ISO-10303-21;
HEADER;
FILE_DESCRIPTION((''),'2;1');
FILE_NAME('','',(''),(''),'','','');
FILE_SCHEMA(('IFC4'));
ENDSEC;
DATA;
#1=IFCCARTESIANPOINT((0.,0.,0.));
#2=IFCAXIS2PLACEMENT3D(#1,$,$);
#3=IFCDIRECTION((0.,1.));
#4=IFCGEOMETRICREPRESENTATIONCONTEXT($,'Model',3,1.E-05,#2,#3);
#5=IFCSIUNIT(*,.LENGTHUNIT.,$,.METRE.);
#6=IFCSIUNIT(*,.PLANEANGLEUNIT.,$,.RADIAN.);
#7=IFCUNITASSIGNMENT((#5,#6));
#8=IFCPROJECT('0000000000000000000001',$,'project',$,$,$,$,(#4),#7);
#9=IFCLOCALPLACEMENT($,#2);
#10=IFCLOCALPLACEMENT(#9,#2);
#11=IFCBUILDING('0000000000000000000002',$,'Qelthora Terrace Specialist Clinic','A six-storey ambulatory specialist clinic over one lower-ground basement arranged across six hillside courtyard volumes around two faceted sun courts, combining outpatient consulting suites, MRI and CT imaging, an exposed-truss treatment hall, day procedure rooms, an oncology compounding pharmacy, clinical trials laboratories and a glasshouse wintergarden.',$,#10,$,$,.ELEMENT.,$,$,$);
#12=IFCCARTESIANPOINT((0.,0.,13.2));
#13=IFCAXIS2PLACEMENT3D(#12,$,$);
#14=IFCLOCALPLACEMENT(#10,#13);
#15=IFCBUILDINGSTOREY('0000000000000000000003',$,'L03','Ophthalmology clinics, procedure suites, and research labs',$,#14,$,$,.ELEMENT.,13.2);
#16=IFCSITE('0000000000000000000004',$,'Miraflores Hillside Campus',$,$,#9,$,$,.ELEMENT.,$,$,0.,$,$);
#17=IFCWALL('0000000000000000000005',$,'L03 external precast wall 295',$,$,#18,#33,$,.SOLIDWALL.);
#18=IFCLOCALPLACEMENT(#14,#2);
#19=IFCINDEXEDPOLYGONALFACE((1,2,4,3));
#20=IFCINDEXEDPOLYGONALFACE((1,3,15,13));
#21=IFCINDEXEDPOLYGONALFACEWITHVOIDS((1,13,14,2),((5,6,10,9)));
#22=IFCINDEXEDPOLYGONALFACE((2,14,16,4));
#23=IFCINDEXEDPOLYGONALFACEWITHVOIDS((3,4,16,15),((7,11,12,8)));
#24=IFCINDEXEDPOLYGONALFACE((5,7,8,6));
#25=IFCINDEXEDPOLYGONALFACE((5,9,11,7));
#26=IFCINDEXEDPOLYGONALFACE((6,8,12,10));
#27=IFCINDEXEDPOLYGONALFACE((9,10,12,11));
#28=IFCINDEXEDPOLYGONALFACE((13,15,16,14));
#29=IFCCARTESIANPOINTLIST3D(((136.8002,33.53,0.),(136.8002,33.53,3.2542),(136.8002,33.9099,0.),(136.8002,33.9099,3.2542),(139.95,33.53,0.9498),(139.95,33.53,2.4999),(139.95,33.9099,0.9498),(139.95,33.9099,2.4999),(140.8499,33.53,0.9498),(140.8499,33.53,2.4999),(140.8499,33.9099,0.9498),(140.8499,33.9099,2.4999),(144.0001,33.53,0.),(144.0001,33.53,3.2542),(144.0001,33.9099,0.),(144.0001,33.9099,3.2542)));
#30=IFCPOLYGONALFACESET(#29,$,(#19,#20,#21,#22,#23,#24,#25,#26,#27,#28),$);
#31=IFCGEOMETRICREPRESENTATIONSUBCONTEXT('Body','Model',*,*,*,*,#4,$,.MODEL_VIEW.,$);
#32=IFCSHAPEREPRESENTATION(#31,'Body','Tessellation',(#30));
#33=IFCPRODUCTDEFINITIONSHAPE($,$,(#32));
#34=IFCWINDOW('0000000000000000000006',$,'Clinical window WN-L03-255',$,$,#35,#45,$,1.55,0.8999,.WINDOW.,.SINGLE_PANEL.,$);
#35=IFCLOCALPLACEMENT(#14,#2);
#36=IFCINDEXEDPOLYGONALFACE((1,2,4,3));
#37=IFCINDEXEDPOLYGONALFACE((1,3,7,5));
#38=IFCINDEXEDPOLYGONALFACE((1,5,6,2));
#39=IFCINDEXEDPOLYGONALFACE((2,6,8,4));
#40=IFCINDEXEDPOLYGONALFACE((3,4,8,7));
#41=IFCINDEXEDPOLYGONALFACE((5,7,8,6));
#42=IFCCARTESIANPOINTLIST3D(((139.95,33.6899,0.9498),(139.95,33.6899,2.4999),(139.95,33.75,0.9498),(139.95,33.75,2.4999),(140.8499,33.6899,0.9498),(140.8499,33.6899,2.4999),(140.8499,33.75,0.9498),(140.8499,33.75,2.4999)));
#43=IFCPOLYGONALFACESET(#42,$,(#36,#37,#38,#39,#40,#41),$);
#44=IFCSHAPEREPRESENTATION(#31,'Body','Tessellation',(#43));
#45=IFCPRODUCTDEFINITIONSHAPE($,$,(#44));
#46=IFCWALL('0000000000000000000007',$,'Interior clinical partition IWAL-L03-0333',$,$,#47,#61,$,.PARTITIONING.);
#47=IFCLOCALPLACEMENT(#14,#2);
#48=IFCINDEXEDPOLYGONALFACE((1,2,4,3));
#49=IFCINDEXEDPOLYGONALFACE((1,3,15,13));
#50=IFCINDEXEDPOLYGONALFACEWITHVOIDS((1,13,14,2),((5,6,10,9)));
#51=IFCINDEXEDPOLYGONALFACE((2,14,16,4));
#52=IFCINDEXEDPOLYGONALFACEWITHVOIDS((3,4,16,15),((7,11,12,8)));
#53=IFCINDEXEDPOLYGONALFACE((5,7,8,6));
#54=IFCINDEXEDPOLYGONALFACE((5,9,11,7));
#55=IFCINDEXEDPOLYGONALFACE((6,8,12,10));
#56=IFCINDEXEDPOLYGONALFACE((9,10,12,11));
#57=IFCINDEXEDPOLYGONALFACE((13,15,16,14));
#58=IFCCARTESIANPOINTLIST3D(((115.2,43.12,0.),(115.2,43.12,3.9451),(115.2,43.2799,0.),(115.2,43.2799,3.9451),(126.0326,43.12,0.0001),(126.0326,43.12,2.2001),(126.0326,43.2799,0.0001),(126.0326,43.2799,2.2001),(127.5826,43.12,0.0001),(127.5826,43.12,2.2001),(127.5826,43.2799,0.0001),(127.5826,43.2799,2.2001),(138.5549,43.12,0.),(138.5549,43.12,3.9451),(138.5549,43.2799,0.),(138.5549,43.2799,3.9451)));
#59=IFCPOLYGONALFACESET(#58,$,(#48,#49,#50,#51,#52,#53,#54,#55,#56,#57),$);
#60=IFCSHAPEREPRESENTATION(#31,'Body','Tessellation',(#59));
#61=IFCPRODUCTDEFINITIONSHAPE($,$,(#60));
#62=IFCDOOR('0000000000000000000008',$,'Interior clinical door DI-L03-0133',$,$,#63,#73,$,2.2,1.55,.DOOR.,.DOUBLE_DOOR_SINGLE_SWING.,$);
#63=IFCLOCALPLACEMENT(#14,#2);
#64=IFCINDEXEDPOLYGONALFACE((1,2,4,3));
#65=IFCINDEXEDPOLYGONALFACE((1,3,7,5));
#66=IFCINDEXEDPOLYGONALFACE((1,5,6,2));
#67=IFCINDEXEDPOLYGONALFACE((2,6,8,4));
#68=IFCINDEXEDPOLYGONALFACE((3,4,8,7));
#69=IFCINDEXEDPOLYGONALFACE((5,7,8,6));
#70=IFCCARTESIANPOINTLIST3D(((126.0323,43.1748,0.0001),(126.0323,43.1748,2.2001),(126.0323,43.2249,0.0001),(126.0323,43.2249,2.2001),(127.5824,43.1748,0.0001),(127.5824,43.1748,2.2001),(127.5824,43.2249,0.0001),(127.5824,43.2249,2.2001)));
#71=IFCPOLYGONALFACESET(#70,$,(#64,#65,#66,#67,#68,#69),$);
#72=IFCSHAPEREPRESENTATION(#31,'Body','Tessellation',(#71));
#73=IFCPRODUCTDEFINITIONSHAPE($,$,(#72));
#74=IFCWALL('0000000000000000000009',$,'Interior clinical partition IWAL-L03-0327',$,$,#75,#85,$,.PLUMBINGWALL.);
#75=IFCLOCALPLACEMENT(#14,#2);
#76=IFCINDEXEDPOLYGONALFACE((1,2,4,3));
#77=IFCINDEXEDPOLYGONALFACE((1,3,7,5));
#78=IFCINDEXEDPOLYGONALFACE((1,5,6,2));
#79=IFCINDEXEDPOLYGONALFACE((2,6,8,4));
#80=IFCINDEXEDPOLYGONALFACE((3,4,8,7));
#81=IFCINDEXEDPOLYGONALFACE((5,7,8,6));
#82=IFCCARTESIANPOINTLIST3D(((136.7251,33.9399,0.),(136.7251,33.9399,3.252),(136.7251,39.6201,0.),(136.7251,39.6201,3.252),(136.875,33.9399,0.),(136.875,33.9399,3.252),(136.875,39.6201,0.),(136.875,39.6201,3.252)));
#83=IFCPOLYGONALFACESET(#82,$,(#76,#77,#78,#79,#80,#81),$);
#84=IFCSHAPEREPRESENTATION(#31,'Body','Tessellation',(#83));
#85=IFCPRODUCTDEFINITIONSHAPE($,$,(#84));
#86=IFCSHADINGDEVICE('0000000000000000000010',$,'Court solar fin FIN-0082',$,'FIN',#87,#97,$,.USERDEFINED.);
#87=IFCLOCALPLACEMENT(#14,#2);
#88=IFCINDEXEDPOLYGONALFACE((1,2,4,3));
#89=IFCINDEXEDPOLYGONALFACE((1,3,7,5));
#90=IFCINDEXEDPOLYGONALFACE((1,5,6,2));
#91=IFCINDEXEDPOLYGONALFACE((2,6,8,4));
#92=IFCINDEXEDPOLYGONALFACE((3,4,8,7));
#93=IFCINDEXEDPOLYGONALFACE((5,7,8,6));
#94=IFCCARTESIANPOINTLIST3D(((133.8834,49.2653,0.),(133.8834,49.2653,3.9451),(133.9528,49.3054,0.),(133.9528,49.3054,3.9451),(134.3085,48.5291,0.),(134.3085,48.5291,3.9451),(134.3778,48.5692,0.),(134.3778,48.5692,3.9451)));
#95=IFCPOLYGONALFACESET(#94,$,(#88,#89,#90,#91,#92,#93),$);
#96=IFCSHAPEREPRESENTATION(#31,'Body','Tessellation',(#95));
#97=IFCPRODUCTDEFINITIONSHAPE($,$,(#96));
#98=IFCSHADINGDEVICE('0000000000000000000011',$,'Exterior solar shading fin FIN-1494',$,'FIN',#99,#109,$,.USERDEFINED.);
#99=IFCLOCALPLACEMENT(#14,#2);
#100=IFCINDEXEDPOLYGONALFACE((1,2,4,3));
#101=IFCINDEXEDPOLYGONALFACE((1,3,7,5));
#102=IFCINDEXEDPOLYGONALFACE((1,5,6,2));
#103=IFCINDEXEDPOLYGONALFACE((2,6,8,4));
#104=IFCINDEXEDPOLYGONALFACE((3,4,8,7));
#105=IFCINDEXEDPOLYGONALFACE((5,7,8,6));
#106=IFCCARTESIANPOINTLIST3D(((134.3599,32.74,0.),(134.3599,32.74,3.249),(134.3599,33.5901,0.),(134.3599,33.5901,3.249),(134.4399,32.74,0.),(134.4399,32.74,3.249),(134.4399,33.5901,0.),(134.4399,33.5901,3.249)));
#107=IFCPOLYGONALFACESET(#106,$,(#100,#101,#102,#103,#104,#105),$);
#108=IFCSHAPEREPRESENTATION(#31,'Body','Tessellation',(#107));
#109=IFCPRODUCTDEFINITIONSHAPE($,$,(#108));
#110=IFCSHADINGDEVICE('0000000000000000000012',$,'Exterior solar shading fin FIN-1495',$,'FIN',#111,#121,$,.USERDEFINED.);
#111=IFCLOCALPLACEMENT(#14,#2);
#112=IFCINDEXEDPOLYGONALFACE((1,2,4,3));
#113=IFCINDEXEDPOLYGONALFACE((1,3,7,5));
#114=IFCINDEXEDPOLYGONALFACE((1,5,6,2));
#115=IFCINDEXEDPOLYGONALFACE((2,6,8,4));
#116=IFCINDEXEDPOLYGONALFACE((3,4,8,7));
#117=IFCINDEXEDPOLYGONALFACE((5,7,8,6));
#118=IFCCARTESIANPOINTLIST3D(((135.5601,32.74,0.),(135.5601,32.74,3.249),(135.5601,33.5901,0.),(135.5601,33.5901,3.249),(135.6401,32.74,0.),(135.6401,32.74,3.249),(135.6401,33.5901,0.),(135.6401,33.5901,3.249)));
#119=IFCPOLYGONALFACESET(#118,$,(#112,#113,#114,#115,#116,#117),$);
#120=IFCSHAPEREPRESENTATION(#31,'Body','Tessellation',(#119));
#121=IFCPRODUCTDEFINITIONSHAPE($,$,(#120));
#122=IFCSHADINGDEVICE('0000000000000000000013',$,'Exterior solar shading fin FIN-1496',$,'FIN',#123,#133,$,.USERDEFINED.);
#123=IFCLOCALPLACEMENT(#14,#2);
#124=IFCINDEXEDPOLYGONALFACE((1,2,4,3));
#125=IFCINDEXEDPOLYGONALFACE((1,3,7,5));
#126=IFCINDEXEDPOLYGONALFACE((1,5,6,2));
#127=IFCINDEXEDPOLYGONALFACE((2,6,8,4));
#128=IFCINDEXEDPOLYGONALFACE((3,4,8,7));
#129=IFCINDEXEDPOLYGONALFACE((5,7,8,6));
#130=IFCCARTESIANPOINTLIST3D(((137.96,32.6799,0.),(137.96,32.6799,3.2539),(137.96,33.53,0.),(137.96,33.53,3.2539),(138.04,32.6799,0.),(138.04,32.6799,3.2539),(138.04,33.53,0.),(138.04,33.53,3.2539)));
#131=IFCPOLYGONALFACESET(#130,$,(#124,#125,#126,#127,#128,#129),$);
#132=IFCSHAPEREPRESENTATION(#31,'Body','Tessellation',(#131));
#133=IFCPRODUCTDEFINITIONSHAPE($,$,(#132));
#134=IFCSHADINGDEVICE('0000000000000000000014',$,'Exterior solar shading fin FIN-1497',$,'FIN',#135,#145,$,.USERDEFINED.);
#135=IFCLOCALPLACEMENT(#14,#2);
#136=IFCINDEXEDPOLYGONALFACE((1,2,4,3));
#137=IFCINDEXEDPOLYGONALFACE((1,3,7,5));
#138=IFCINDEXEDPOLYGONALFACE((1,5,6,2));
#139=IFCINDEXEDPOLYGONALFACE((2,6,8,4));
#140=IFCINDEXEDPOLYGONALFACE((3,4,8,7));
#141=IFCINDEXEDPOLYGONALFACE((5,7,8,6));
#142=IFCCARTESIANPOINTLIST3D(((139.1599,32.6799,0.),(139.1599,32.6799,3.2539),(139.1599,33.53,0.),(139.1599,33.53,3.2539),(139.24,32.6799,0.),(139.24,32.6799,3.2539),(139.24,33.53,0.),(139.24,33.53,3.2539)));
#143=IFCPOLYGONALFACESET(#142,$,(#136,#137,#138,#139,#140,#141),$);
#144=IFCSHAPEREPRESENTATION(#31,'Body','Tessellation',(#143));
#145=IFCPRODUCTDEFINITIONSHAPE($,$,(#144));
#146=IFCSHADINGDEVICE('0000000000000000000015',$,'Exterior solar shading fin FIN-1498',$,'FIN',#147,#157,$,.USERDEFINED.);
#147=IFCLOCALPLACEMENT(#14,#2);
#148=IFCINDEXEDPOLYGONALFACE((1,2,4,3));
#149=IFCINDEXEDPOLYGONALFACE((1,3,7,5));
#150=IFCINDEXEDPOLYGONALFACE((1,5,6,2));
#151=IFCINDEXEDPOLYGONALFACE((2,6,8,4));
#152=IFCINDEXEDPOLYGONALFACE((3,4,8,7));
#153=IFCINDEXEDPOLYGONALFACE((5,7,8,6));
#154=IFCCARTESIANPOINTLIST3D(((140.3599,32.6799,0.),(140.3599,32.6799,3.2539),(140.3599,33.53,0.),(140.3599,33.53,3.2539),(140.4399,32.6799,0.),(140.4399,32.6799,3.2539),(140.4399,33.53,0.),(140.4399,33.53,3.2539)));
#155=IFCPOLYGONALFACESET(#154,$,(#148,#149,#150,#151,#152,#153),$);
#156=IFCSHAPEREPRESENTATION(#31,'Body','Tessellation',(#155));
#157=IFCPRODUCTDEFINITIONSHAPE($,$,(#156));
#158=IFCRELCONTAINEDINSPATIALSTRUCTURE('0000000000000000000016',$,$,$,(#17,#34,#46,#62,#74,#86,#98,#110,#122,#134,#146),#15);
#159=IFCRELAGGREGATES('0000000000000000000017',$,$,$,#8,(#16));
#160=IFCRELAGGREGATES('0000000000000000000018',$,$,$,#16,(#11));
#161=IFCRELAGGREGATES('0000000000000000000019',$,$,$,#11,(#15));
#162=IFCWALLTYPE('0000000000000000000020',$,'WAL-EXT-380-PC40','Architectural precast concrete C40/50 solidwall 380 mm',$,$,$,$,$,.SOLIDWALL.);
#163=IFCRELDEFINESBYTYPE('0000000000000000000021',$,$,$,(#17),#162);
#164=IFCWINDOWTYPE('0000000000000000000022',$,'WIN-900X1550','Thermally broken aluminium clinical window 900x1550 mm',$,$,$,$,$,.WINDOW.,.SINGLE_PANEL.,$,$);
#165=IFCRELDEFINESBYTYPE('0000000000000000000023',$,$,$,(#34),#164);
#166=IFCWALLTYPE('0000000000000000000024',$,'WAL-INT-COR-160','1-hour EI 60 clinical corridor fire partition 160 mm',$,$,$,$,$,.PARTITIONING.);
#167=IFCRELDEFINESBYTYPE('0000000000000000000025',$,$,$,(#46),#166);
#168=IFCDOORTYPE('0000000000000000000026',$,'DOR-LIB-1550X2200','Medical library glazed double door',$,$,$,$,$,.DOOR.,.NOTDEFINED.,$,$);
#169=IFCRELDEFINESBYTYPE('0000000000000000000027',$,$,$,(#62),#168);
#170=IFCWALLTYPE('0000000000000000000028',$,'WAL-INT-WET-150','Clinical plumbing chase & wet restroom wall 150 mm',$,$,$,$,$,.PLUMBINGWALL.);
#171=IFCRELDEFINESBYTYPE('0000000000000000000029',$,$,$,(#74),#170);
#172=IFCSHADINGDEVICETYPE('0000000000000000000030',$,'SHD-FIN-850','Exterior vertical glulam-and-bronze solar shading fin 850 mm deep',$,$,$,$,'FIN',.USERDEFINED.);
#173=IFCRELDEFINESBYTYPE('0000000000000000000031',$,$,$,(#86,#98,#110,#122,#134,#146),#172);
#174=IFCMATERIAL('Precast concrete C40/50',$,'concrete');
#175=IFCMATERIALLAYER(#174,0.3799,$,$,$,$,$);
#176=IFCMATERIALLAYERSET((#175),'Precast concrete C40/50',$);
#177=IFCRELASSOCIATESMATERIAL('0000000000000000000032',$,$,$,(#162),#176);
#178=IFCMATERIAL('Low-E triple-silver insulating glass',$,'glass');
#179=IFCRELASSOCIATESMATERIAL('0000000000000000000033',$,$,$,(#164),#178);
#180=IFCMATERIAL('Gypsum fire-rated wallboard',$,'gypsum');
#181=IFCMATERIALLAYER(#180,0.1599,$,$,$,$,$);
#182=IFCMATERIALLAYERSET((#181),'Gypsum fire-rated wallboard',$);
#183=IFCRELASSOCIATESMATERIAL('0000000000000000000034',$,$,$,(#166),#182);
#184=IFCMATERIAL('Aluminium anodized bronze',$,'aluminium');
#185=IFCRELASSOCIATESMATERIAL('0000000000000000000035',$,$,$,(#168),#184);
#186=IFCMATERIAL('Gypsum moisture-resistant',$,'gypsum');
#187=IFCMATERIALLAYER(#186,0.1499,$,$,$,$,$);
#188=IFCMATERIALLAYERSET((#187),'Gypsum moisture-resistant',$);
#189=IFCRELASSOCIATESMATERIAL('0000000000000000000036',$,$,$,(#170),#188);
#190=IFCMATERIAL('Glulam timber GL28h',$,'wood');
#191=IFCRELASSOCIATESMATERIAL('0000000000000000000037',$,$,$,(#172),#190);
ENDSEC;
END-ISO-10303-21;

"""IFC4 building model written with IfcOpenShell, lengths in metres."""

from ifc_helpers import new_model, si_unit, direction, frame, frame_2d, origin, origin_2d, place, context, subcontext, project, spatial, rectangle, extrude, material, layer, layer_set, type_object, element, fill, save


model = new_model("IFC4")

# Units and contexts
model_context = context("Model", 3, precision=1e-05, world=origin(), true_north=direction((0.0, 1.0)))
body_context = subcontext(model_context, "Body", "Model", "MODEL_VIEW")
ifc_project = project(units=[si_unit("LENGTHUNIT", "METRE"), si_unit("PLANEANGLEUNIT", "RADIAN")], contexts=[model_context])

# Site, building, storey
site_placement = place(None, origin())
site = spatial("IfcSite", under=ifc_project, at=site_placement, Name="Miraflores Hillside Campus", CompositionType="ELEMENT", RefElevation=0.0)
building_placement = place(site_placement, origin())
building = spatial("IfcBuilding", under=site, at=building_placement, Name="Qelthora Terrace Specialist Clinic", Description="A six-storey ambulatory specialist clinic over one lower-ground basement arranged across six hillside courtyard volumes around two faceted sun courts, combining outpatient consulting suites, MRI and CT imaging, an exposed-truss treatment hall, day procedure rooms, an oncology compounding pharmacy, clinical trials laboratories and a glasshouse wintergarden.", CompositionType="ELEMENT")
storey_placement = place(building_placement, frame((0.0, 0.0, 13.2)))
storey = spatial("IfcBuildingStorey", under=building, at=storey_placement, Name="L03", Description="Ophthalmology clinics, procedure suites, and research labs", CompositionType="ELEMENT", Elevation=13.2)

# Shared definitions
ifc_material_1 = material(Name="Aluminium anodized bronze", Category="aluminium")
ifc_material_2 = material(Name="Low-E triple-silver insulating glass", Category="glass")

# Wall, opening, window
ifc_material_3 = material(Name="Precast concrete C40/50", Category="concrete")
ifc_layer_1 = layer(ifc_material_3, 0.3799)
ifc_layer_set_1 = layer_set([ifc_layer_1], Name="Precast concrete C40/50")
wall_type_1 = type_object("IfcWallType", Name="WAL-EXT-380-PC40", Description="Architectural precast concrete C40/50 solidwall 380 mm", PredefinedType="SOLIDWALL", material=ifc_layer_set_1)
wall_1_placement = place(storey_placement, frame((136.8, 33.72, 0.0), z_axis=(0.0, 0.0, 1.0), x_axis=(1.0, 0.0, 0.0)))
wall_1 = element("IfcWall", 1, at=wall_1_placement, inside=storey, type_object=wall_type_1, Name="L03 external precast wall 295", PredefinedType="SOLIDWALL", context=body_context, shape_type="SweptSolid", body=[
    extrude(rectangle(XDim=7.2, YDim=0.3799, at=frame_2d((3.6001, 0.0))), origin(), (0.0, 0.0, 1.0), 3.2542),
])
opening_1_placement = place(wall_1_placement, frame((3.1499, 0.0, 0.95)))
opening_1 = element("IfcOpeningElement", 2, at=opening_1_placement, cuts=wall_1, PredefinedType="OPENING", context=body_context, shape_type="SweptSolid", body=[
    extrude(rectangle(XDim=0.8999, YDim=1.55, at=frame_2d((0.45, 0.7749))), frame((0.0, 0.2, 0.0), z_axis=(0.0, -1.0, 0.0), x_axis=(1.0, 0.0, 0.0)), (0.0, 0.0, 1.0), 0.3999),
])
window_type = type_object("IfcWindowType", Name="WIN-900X1550", Description="Thermally broken aluminium clinical window 900x1550 mm", PartitioningType="SINGLE_PANEL", PredefinedType="WINDOW", material=ifc_material_2)
window_placement = place(opening_1_placement, origin())
window = element("IfcWindow", 3, at=window_placement, inside=storey, type_object=window_type, Name="Clinical window WN-L03-255", OverallHeight=1.55, OverallWidth=0.8999, PartitioningType="SINGLE_PANEL", PredefinedType="WINDOW", context=body_context, shape_type="SweptSolid", body=[
    extrude(rectangle(XDim=0.8999, YDim=1.55, at=frame_2d((0.45, 0.7749))), frame((0.0, 0.03, 0.0), z_axis=(0.0, -1.0, 0.0), x_axis=(1.0, 0.0, 0.0)), (0.0, 0.0, 1.0), 0.0601),
])
fill(opening_1, window)

# Wall, opening, door
ifc_material_4 = material(Name="Gypsum fire-rated wallboard", Category="gypsum")
ifc_layer_2 = layer(ifc_material_4, 0.1599)
ifc_layer_set_2 = layer_set([ifc_layer_2], Name="Gypsum fire-rated wallboard")
wall_type_2 = type_object("IfcWallType", Name="WAL-INT-COR-160", Description="1-hour EI 60 clinical corridor fire partition 160 mm", PredefinedType="PARTITIONING", material=ifc_layer_set_2)
wall_2_placement = place(storey_placement, frame((138.5549, 43.2, 0.0), z_axis=(0.0, 0.0, 1.0), x_axis=(-1.0, 0.0, 0.0)))
wall_2 = element("IfcWall", 4, at=wall_2_placement, inside=storey, type_object=wall_type_2, Name="Interior clinical partition IWAL-L03-0333", PredefinedType="PARTITIONING", context=body_context, shape_type="SweptSolid", body=[
    extrude(rectangle(XDim=23.355, YDim=0.1599, at=frame_2d((11.6775, 0.0))), origin(), (0.0, 0.0, 1.0), 3.9451),
])
opening_2_placement = place(wall_2_placement, frame((10.9724, 0.0, 0.0)))
opening_2 = element("IfcOpeningElement", 5, at=opening_2_placement, cuts=wall_2, PredefinedType="OPENING", context=body_context, shape_type="SweptSolid", body=[
    extrude(rectangle(XDim=1.55, YDim=2.2, at=frame_2d((0.7749, 1.1001))), frame((0.0, 0.0898, 0.0), z_axis=(0.0, -1.0, 0.0), x_axis=(1.0, 0.0, 0.0)), (0.0, 0.0, 1.0), 0.1799),
])
door_type_1 = type_object("IfcDoorType", Name="DOR-LIB-1550X2200", Description="Medical library glazed double door", OperationType="NOTDEFINED", PredefinedType="DOOR", material=ifc_material_1)
door_1_placement = place(opening_2_placement, frame((1.55, 0.0, 0.0), z_axis=(0.0, 0.0, 1.0), x_axis=(-1.0, 0.0, 0.0)))
door_1 = element("IfcDoor", 6, at=door_1_placement, inside=storey, type_object=door_type_1, Name="Interior clinical door DI-L03-0133", OperationType="DOUBLE_DOOR_SINGLE_SWING", OverallHeight=2.2, OverallWidth=1.55, PredefinedType="DOOR", context=body_context, shape_type="SweptSolid", body=[
    extrude(rectangle(XDim=1.55, YDim=2.2, at=frame_2d((0.7749, 1.1001))), frame((0.0, 0.0249, 0.0), z_axis=(0.0, -1.0, 0.0), x_axis=(1.0, 0.0, 0.0)), (0.0, 0.0, 1.0), 0.05),
])
fill(opening_2, door_1)

# Wall
ifc_material_5 = material(Name="Gypsum moisture-resistant", Category="gypsum")
ifc_layer_3 = layer(ifc_material_5, 0.1499)
ifc_layer_set_3 = layer_set([ifc_layer_3], Name="Gypsum moisture-resistant")
wall_type_3 = type_object("IfcWallType", Name="WAL-INT-WET-150", Description="Clinical plumbing chase & wet restroom wall 150 mm", PredefinedType="PLUMBINGWALL", material=ifc_layer_set_3)
wall_3_placement = place(storey_placement, frame((136.8, 39.6201, 0.0), z_axis=(0.0, 0.0, 1.0), x_axis=(0.0, -1.0, 0.0)))
element("IfcWall", 7, at=wall_3_placement, inside=storey, type_object=wall_type_3, Name="Interior clinical partition IWAL-L03-0327", PredefinedType="PLUMBINGWALL", context=body_context, shape_type="SweptSolid", body=[
    extrude(rectangle(XDim=5.6802, YDim=0.1499, at=frame_2d((2.8401, 0.0))), origin(), (0.0, 0.0, 1.0), 3.252),
])

# Shading devices
ifc_material_6 = material(Name="Glulam timber GL28h", Category="wood")
shading_device_type = type_object("IfcShadingDeviceType", Name="SHD-FIN-850", Description="Exterior vertical glulam-and-bronze solar shading fin 850 mm deep", ElementType="FIN", PredefinedType="USERDEFINED", material=ifc_material_6)
shading_device_placement = place(storey_placement, frame((134.1306, 48.9172, 0.0), z_axis=(0.0, 0.0, 1.0), x_axis=(-0.5, 0.866025, 0.0)))
element("IfcShadingDevice", 8, at=shading_device_placement, inside=storey, type_object=shading_device_type, Name="Court solar fin FIN-0082", ObjectType="FIN", PredefinedType="USERDEFINED", context=body_context, shape_type="SweptSolid", body=[
    extrude(rectangle(XDim=0.8501, YDim=0.0801, at=origin_2d()), origin(), (0.0, 0.0, 1.0), 3.9451),
])
for number, where, z_axis, x_axis, name in (
    (9, (134.3999, 33.165, 0.0), (0.0, 0.0, 1.0), (0.0, -1.0, 0.0), "Exterior solar shading fin FIN-1494"),
    (10, (135.6001, 33.165, 0.0), (0.0, 0.0, 1.0), (0.0, -1.0, 0.0), "Exterior solar shading fin FIN-1495"),
):
    element("IfcShadingDevice", number, at=place(storey_placement, frame(where, z_axis=z_axis, x_axis=x_axis)), inside=storey, type_object=shading_device_type, Name=name, ObjectType="FIN", PredefinedType="USERDEFINED", context=body_context, shape_type="SweptSolid", body=[
        extrude(rectangle(XDim=0.8501, YDim=0.0801, at=origin_2d()), origin(), (0.0, 0.0, 1.0), 3.249),
    ])
for number, where, z_axis, x_axis, name in (
    (11, (138.0, 33.105, 0.0), (0.0, 0.0, 1.0), (0.0, -1.0, 0.0), "Exterior solar shading fin FIN-1496"),
    (12, (139.2, 33.105, 0.0), (0.0, 0.0, 1.0), (0.0, -1.0, 0.0), "Exterior solar shading fin FIN-1497"),
    (13, (140.3999, 33.105, 0.0), (0.0, 0.0, 1.0), (0.0, -1.0, 0.0), "Exterior solar shading fin FIN-1498"),
):
    element("IfcShadingDevice", number, at=place(storey_placement, frame(where, z_axis=z_axis, x_axis=x_axis)), inside=storey, type_object=shading_device_type, Name=name, ObjectType="FIN", PredefinedType="USERDEFINED", context=body_context, shape_type="SweptSolid", body=[
        extrude(rectangle(XDim=0.8501, YDim=0.0801, at=origin_2d()), origin(), (0.0, 0.0, 1.0), 3.2539),
    ])

save(model, "model.ifc")
